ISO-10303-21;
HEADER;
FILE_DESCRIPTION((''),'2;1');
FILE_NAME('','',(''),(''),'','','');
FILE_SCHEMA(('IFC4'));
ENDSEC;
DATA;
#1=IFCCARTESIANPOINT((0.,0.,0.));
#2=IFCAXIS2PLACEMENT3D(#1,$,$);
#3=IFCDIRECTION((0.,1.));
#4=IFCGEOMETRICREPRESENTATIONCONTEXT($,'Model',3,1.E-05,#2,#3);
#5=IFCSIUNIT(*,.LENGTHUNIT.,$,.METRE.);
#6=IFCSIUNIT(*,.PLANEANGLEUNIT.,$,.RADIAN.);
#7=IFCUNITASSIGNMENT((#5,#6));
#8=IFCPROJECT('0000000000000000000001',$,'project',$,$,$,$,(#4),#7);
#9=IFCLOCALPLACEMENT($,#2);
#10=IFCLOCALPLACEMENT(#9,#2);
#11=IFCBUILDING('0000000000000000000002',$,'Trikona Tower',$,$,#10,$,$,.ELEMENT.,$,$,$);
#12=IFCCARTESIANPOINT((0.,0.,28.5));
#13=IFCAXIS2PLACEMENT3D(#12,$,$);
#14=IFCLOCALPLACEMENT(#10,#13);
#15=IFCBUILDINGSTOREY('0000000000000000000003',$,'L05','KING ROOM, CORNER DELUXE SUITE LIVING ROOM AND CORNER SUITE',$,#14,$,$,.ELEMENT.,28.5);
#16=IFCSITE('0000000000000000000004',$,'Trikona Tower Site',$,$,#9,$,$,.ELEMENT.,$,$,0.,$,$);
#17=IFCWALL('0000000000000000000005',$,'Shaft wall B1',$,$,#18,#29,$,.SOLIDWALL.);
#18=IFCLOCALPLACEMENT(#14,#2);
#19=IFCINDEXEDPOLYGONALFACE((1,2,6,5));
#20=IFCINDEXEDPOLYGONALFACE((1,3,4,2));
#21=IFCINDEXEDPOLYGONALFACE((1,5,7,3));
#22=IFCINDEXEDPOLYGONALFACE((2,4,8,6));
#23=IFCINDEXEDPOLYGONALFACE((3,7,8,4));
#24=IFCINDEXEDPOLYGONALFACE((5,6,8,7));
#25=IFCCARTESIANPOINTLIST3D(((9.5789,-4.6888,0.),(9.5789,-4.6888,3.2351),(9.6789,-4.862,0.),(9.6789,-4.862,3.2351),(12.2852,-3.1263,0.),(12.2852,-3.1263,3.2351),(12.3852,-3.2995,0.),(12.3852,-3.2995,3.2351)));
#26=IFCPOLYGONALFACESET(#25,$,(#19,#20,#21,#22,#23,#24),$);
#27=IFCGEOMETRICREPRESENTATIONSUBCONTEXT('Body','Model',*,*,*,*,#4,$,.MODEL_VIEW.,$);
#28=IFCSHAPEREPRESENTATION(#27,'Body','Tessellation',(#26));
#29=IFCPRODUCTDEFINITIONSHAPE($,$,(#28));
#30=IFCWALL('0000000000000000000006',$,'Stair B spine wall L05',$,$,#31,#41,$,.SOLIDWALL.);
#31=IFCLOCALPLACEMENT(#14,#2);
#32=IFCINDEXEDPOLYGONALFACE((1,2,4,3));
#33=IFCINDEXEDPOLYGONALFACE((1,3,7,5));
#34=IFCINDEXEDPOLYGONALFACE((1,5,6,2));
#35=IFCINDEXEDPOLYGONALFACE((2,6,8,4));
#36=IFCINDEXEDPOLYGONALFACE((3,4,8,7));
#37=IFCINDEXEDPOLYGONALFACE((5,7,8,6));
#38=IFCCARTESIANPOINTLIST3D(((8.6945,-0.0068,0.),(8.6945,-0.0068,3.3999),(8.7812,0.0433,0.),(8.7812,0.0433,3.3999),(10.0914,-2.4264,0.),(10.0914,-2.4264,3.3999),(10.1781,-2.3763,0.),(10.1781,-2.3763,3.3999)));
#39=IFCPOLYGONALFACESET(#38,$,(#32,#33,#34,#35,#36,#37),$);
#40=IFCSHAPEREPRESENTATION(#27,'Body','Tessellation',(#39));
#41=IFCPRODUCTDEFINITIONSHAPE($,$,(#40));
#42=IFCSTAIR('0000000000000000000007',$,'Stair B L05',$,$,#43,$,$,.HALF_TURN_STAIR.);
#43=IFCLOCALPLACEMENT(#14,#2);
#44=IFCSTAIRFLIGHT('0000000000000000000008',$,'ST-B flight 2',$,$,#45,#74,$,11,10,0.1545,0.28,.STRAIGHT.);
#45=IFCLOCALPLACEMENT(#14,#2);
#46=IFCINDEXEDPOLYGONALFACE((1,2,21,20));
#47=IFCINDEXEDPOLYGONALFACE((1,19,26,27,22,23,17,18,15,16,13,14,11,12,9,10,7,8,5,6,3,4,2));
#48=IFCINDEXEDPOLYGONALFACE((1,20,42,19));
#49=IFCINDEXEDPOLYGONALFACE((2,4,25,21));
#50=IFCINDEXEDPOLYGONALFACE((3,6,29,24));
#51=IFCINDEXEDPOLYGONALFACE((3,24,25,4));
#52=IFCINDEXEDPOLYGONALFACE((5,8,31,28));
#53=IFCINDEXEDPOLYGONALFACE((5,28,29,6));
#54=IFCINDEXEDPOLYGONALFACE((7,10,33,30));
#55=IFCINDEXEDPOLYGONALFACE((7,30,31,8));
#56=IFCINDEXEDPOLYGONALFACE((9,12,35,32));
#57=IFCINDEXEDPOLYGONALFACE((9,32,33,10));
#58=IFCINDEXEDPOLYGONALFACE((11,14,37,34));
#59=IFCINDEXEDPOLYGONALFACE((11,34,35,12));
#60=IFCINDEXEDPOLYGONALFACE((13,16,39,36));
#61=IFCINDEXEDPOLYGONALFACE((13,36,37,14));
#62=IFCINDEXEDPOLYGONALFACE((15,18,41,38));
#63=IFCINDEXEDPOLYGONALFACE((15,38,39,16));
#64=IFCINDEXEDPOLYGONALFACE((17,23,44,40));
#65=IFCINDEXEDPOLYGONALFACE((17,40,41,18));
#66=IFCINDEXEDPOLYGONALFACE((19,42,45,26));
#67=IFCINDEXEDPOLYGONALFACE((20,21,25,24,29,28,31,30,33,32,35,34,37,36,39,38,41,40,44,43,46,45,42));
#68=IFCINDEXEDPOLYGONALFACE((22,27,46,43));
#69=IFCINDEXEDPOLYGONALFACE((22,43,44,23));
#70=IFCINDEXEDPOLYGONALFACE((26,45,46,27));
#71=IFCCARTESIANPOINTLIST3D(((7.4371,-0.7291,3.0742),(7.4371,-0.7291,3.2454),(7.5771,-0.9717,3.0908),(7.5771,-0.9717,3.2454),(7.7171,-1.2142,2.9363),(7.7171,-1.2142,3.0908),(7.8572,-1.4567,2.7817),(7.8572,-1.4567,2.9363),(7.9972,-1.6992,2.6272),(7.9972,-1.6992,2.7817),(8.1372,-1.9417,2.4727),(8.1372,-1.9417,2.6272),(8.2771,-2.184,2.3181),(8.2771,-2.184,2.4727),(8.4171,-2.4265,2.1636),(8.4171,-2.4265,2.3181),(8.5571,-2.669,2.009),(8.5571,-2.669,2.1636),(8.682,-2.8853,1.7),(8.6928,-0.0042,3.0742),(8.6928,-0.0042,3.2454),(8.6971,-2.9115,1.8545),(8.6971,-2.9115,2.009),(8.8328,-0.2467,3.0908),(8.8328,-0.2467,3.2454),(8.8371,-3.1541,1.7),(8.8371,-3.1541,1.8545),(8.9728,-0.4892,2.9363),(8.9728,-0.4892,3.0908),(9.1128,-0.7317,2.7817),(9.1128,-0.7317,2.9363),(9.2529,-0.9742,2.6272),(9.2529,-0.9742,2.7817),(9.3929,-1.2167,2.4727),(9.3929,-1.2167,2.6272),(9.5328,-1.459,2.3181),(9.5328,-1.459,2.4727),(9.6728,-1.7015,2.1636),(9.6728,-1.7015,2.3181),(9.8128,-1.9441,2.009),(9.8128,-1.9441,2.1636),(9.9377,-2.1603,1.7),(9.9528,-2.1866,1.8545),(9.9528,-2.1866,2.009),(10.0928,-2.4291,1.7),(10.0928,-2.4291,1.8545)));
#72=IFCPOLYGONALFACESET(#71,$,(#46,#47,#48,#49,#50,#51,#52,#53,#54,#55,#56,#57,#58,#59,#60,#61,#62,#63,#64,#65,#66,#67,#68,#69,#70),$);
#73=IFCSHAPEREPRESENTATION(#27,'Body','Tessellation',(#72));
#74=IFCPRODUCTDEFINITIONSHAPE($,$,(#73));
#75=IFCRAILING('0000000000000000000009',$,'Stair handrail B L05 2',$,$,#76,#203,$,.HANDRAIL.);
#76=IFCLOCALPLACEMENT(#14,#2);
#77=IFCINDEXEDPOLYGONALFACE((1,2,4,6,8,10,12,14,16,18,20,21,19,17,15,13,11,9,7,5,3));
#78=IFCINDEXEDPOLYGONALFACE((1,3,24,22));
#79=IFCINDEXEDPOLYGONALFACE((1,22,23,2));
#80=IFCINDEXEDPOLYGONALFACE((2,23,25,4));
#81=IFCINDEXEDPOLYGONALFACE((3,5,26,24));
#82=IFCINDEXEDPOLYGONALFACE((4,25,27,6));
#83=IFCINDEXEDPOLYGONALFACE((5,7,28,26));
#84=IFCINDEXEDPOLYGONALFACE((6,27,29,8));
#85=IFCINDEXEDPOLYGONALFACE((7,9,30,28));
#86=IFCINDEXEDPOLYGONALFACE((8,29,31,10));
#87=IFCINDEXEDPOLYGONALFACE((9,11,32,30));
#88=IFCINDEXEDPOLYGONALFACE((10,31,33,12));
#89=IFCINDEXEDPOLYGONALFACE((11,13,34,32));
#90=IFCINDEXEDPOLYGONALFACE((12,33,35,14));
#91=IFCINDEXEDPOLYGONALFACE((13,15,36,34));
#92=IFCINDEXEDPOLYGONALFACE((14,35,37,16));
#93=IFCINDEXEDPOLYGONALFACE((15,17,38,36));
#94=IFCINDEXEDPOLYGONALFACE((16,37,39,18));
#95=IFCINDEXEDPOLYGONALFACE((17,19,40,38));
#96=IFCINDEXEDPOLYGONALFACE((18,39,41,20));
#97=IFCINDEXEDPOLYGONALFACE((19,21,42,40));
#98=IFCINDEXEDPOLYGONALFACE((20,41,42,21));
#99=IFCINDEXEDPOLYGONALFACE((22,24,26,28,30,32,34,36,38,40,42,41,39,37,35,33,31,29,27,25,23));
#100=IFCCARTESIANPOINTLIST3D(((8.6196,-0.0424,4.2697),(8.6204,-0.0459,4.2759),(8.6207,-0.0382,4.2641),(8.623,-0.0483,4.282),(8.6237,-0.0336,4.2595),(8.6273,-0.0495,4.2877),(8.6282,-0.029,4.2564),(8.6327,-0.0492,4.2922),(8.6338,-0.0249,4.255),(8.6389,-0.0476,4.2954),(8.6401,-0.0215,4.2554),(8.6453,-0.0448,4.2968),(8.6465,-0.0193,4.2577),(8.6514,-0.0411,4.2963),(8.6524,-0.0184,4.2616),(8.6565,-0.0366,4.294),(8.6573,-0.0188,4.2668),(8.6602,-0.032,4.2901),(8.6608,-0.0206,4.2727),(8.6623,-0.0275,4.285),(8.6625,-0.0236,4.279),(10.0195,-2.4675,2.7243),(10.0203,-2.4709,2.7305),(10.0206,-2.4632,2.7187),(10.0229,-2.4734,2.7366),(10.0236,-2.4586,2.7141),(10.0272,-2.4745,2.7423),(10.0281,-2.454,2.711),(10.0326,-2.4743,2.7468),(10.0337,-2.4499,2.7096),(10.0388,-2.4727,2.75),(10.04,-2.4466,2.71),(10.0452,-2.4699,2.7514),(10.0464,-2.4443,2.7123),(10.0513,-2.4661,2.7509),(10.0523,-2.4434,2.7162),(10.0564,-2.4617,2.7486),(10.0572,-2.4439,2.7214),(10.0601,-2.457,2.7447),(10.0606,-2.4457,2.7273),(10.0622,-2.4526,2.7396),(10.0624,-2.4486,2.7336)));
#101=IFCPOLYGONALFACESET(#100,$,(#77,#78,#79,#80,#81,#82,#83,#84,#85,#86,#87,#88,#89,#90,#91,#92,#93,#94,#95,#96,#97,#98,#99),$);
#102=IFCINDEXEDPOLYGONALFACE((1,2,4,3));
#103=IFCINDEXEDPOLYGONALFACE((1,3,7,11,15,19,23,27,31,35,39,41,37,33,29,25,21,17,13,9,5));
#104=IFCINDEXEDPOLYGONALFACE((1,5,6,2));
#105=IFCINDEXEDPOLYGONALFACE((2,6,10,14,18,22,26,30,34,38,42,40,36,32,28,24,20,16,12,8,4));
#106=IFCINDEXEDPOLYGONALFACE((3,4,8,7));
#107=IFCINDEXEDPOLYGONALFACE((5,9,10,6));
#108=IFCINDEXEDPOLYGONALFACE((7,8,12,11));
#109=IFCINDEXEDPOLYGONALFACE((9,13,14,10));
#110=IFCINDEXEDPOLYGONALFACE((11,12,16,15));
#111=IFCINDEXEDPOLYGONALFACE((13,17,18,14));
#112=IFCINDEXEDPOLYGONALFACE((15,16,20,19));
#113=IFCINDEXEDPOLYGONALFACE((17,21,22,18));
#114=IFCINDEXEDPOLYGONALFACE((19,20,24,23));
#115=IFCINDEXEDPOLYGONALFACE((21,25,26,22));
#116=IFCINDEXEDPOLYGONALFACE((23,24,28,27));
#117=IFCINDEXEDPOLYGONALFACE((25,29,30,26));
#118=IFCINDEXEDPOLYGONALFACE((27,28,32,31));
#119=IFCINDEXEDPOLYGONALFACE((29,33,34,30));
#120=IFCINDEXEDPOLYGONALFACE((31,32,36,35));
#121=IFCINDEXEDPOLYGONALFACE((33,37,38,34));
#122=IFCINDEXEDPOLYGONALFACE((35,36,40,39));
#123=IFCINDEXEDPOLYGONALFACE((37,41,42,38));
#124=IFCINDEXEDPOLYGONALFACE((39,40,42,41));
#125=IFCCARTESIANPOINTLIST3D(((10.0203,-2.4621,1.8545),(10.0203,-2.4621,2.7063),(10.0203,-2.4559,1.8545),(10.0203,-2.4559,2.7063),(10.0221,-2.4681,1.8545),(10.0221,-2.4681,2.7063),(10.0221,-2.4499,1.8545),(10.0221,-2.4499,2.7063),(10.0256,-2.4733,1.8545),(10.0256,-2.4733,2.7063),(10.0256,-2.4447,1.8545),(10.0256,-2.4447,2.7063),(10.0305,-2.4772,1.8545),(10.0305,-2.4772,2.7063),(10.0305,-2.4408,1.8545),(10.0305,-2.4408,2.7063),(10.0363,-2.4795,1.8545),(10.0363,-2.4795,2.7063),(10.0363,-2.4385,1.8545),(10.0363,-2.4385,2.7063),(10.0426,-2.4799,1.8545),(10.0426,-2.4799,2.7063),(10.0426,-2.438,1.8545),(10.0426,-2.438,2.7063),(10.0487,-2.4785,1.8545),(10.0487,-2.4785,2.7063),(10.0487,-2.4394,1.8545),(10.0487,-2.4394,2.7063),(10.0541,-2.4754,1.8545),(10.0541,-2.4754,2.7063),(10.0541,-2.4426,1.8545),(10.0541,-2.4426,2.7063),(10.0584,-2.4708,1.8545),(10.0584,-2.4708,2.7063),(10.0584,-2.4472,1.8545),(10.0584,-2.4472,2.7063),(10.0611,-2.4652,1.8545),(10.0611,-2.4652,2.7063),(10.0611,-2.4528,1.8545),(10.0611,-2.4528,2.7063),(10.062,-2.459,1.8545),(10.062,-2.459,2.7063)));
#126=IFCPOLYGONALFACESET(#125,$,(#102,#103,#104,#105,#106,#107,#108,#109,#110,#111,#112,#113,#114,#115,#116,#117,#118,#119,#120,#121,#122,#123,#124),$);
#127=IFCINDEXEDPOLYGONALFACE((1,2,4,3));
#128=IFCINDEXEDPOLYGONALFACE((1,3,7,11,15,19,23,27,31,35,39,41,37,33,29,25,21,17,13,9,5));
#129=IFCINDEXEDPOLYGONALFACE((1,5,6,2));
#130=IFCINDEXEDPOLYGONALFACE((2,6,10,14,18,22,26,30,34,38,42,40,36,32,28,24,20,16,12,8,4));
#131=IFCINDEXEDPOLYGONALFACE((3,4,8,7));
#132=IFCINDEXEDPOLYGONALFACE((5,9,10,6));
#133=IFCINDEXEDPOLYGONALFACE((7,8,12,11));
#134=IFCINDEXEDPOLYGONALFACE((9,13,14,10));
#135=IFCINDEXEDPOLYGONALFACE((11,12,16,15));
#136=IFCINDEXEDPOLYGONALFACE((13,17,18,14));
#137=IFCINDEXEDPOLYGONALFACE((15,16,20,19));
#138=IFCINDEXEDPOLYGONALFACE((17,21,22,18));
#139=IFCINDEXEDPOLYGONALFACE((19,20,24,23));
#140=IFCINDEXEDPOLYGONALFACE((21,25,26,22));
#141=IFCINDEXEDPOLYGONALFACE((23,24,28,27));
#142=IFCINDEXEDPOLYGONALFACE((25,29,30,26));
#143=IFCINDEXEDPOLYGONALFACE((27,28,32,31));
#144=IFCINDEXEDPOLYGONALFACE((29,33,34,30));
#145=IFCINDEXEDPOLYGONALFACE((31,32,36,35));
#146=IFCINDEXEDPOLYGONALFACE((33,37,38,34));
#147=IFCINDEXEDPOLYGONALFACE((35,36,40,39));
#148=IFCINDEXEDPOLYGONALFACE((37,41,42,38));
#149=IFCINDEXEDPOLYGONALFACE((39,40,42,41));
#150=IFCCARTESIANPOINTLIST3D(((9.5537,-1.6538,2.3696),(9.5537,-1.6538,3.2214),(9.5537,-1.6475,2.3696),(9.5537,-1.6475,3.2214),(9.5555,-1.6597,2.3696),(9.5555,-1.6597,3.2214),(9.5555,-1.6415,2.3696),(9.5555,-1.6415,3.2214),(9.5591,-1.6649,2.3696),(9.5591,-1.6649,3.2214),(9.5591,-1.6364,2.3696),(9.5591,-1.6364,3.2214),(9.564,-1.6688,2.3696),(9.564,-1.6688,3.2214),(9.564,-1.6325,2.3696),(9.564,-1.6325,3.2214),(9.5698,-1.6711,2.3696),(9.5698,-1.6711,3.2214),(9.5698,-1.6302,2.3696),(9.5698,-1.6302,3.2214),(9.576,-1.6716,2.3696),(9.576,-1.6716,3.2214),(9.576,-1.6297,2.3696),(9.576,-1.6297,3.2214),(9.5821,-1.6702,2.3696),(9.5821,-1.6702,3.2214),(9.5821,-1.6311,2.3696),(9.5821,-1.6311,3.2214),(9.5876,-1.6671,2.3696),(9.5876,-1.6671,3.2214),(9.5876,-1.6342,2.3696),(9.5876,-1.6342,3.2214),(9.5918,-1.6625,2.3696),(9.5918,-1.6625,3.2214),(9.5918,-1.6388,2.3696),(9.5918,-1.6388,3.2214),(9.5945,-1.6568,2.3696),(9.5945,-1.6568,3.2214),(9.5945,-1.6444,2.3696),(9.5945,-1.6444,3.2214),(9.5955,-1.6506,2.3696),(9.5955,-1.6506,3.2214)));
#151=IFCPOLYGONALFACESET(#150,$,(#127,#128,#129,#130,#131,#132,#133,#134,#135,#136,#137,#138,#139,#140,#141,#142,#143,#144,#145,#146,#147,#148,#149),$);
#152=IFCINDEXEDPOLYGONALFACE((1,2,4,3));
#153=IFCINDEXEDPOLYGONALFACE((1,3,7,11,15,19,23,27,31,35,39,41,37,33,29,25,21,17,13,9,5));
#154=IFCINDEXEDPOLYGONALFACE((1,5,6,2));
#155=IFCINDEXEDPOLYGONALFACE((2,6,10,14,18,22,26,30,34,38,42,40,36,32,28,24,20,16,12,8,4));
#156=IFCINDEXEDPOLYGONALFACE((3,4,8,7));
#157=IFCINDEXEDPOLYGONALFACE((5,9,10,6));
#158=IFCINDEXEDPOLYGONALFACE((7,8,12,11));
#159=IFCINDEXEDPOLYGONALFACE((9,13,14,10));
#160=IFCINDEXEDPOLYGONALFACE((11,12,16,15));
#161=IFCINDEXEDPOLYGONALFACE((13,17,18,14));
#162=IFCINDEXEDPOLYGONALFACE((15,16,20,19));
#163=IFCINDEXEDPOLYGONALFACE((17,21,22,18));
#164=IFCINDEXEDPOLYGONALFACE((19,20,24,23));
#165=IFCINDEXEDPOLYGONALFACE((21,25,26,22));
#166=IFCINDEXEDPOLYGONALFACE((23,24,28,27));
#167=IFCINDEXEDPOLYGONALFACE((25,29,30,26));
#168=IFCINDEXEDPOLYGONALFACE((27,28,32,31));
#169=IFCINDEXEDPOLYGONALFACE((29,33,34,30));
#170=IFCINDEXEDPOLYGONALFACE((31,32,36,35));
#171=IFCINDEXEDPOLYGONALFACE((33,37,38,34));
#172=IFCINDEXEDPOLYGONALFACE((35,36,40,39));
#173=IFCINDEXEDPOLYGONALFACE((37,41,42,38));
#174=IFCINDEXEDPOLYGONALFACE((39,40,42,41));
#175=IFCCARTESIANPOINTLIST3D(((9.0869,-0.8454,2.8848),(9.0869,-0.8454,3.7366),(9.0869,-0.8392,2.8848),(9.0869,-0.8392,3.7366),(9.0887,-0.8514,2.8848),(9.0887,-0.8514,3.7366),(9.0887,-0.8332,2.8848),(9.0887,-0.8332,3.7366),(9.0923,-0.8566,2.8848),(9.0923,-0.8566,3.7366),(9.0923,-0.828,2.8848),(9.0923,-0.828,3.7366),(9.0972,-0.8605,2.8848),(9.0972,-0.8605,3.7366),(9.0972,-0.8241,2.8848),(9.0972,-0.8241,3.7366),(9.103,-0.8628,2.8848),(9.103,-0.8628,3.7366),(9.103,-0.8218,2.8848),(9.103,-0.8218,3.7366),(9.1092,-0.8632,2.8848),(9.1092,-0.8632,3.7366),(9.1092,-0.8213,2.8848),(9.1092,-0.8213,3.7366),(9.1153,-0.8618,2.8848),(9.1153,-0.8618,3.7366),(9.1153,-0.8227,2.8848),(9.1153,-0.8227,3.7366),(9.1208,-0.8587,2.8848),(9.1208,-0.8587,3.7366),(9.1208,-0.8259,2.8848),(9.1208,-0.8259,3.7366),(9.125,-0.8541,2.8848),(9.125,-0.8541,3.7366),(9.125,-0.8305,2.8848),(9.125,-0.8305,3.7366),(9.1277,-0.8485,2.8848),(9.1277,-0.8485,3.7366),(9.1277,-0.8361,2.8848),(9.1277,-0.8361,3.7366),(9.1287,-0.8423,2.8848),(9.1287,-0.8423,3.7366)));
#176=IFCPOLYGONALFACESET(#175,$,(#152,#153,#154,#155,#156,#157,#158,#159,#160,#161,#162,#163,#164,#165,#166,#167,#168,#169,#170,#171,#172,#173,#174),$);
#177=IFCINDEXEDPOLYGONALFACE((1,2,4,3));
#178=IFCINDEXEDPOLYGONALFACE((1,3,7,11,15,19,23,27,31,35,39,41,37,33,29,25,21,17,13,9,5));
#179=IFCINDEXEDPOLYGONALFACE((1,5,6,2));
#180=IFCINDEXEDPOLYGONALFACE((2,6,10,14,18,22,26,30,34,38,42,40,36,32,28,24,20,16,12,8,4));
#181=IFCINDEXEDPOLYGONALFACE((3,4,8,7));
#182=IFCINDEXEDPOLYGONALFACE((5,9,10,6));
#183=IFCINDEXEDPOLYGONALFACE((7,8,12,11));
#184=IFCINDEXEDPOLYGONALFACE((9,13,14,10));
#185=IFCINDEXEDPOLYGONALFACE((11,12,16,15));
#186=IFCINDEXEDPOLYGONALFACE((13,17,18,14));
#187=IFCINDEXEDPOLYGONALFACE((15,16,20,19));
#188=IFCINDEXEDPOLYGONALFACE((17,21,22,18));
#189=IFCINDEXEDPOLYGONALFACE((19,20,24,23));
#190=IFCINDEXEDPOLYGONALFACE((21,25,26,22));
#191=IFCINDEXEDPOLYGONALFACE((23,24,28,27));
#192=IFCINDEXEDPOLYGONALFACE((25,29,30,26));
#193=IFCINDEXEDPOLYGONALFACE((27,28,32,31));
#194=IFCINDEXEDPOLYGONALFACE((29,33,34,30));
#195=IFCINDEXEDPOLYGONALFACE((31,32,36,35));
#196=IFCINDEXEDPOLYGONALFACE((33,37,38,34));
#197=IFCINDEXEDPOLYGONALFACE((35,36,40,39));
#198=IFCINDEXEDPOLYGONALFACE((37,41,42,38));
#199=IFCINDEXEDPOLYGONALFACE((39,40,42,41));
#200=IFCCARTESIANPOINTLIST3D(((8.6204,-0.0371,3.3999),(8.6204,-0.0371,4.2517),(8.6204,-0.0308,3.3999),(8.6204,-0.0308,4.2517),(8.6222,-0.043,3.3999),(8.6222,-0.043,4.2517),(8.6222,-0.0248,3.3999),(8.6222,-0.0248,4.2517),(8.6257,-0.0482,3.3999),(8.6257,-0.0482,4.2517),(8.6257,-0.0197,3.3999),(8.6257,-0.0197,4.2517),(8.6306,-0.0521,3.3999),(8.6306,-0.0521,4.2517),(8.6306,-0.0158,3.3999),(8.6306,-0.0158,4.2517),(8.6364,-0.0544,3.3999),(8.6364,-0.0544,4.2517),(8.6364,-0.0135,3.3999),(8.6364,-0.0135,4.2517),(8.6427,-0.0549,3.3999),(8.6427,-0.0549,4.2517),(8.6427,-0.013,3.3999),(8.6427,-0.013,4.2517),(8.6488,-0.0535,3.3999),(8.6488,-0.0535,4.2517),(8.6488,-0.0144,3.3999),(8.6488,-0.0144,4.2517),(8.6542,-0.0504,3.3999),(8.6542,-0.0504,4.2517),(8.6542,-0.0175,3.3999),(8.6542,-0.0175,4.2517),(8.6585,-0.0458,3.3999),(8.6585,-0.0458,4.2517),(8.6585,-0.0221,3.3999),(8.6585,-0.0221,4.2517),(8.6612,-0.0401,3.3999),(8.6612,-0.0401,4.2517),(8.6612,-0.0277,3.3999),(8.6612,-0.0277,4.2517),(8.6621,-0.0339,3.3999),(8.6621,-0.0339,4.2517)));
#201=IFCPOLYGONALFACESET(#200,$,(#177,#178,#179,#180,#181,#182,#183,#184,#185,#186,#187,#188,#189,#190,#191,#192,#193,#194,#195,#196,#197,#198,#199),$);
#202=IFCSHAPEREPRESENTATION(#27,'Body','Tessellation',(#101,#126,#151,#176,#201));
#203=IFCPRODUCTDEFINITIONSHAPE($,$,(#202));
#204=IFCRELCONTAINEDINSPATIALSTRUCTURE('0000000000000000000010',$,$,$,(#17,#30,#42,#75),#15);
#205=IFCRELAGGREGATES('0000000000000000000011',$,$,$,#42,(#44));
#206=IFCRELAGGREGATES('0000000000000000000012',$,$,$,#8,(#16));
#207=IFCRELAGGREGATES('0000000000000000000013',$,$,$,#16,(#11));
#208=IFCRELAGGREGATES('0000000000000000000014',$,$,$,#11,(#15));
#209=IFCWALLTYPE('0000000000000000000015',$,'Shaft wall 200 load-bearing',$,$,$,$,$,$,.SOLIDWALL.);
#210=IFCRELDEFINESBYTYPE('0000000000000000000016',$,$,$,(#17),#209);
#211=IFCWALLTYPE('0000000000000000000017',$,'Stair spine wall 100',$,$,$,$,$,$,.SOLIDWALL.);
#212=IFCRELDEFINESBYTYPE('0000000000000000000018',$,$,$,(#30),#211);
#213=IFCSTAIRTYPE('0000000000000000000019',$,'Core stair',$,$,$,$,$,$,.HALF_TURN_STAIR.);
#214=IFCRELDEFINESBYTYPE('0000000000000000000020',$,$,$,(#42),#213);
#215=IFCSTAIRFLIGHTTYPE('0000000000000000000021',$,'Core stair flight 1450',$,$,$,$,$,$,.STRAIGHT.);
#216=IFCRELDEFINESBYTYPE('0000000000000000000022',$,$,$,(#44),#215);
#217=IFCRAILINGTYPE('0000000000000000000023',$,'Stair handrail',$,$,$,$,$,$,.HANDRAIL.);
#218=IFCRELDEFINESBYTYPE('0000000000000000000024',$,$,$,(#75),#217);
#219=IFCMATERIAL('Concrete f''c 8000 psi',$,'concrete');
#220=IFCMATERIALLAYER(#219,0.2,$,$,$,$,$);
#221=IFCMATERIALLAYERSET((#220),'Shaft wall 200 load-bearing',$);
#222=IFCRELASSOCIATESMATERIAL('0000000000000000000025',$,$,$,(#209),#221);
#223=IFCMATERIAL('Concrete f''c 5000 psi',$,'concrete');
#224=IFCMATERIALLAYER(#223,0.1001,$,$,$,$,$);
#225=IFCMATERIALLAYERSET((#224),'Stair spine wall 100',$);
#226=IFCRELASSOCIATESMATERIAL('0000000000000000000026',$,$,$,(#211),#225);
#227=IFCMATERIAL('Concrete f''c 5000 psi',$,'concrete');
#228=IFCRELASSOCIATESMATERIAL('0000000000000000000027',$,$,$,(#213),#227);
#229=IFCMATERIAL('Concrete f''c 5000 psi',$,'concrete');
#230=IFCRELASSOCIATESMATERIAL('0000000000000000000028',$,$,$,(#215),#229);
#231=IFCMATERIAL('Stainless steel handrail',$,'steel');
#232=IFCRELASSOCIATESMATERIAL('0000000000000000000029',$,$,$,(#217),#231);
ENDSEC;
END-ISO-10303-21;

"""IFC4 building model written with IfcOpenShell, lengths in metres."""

from ifc_helpers import new_model, si_unit, direction, frame, frame_2d, origin, origin_2d, place, context, subcontext, project, spatial, polyline, rectangle, circle, outline, extrude, material, layer, layer_set, type_object, element, aggregate, save


model = new_model("IFC4")

# Units and contexts
model_context = context("Model", 3, precision=1e-05, world=origin(), true_north=direction((0.0, 1.0)))
body_context = subcontext(model_context, "Body", "Model", "MODEL_VIEW")
ifc_project = project(units=[si_unit("LENGTHUNIT", "METRE"), si_unit("PLANEANGLEUNIT", "RADIAN")], contexts=[model_context])

# Site, building, storey
site_placement = place(None, origin())
site = spatial("IfcSite", under=ifc_project, at=site_placement, Name="Trikona Tower Site", CompositionType="ELEMENT", RefElevation=0.0)
building_placement = place(site_placement, origin())
building = spatial("IfcBuilding", under=site, at=building_placement, Name="Trikona Tower", CompositionType="ELEMENT")
storey_placement = place(building_placement, frame((0.0, 0.0, 28.5)))
storey = spatial("IfcBuildingStorey", under=building, at=storey_placement, Name="L05", Description="KING ROOM, CORNER DELUXE SUITE LIVING ROOM AND CORNER SUITE", CompositionType="ELEMENT", Elevation=28.5)

# Walls
ifc_material_1 = material(Name="Concrete f'c 8000 psi", Category="concrete")
ifc_layer_1 = layer(ifc_material_1, 0.2)
ifc_layer_set_1 = layer_set([ifc_layer_1], Name="Shaft wall 200 load-bearing")
wall_type_1 = type_object("IfcWallType", Name="Shaft wall 200 load-bearing", PredefinedType="SOLIDWALL", material=ifc_layer_set_1)
wall_1_placement = place(storey_placement, frame((9.6289, -4.7754, 0.0), z_axis=(0.0, 0.0, 1.0), x_axis=(0.866023, 0.500004, 0.0)))
element("IfcWall", 1, at=wall_1_placement, inside=storey, type_object=wall_type_1, Name="Shaft wall B1", PredefinedType="SOLIDWALL", context=body_context, shape_type="SweptSolid", body=[
    extrude(rectangle(XDim=3.125, YDim=0.2, at=frame_2d((1.5625, 0.0))), origin(), (0.0, 0.0, 1.0), 3.2351),
])
ifc_material_2 = material(Name="Concrete f'c 5000 psi", Category="concrete")
ifc_layer_2 = layer(ifc_material_2, 0.1001)
ifc_layer_set_2 = layer_set([ifc_layer_2], Name="Stair spine wall 100")
wall_type_2 = type_object("IfcWallType", Name="Stair spine wall 100", PredefinedType="SOLIDWALL", material=ifc_layer_set_2)
wall_2_placement = place(storey_placement, frame((10.1348, -2.4014, 0.0), z_axis=(0.0, 0.0, 1.0), x_axis=(-0.499992, 0.86603, 0.0)))
element("IfcWall", 2, at=wall_2_placement, inside=storey, type_object=wall_type_2, Name="Stair B spine wall L05", PredefinedType="SOLIDWALL", context=body_context, shape_type="SweptSolid", body=[
    extrude(rectangle(XDim=2.7939, YDim=0.1001, at=frame_2d((1.397, 0.0))), origin(), (0.0, 0.0, 1.0), 3.3999),
])

# Stair, stair flight
ifc_material_3 = material(Name="Concrete f'c 5000 psi", Category="concrete")
stair_type = type_object("IfcStairType", Name="Core stair", PredefinedType="HALF_TURN_STAIR", material=ifc_material_3)
stair_placement = place(storey_placement, origin())
stair = element("IfcStair", 3, at=stair_placement, inside=storey, type_object=stair_type, Name="Stair B L05", PredefinedType="HALF_TURN_STAIR")
ifc_material_4 = material(Name="Concrete f'c 5000 psi", Category="concrete")
stair_flight_type = type_object("IfcStairFlightType", Name="Core stair flight 1450", PredefinedType="STRAIGHT", material=ifc_material_4)
stair_flight_placement = place(storey_placement, frame((9.4651, -2.7915, 1.7), z_axis=(0.0, 0.0, 1.0), x_axis=(-0.5, 0.866025, 0.0)))
stair_flight = element("IfcStairFlight", 4, at=stair_flight_placement, type_object=stair_flight_type, Name="ST-B flight 2", NumberOfRisers=11, NumberOfTreads=10, PredefinedType="STRAIGHT", RiserHeight=0.1545, TreadLength=0.28, context=body_context, shape_type="SweptSolid", body=[
    extrude(outline(polyline([(0.0, 0.0), (0.0, 0.1545), (0.28, 0.1545), (0.28, 0.3091), (0.5601, 0.3091), (0.5601, 0.4636), (0.8401, 0.4636), (0.8401, 0.6182), (1.1201, 0.6182), (1.1201, 0.7727), (1.3999, 0.7727), (1.3999, 0.9272), (1.6799, 0.9272), (1.6799, 1.0818), (1.96, 1.0818), (1.96, 1.2363), (2.24, 1.2363), (2.24, 1.3909), (2.52, 1.3909), (2.52, 1.5454), (2.8, 1.5454), (2.8, 1.7), (2.8, 1.3743), (0.3103, 0.0), (0.0, 0.0)])), frame((0.0, 0.7251, 0.0), z_axis=(0.0, -1.0, 0.0), x_axis=(1.0, 0.0, 0.0)), (0.0, 0.0, 1.0), 1.45),
])
aggregate(stair, [stair_flight])

# Railing
ifc_material_5 = material(Name="Stainless steel handrail", Category="steel")
railing_type = type_object("IfcRailingType", Name="Stair handrail", PredefinedType="HANDRAIL", material=ifc_material_5)
railing_placement = place(storey_placement, frame((10.041, -2.459, 1.8545)))
element("IfcRailing", 5, at=railing_placement, inside=storey, type_object=railing_type, Name="Stair handrail B L05 2", PredefinedType="HANDRAIL", context=body_context, shape_type="SweptSolid", body=[
    extrude(circle(Radius=0.0239, at=origin_2d()), frame((0.0, 0.0, 0.876), z_axis=(-0.437707, 0.75824, 0.483203), x_axis=(-0.866056, -0.499946, 0.0)), (0.0, 0.0, 1.0), 3.1982),
    extrude(circle(Radius=0.021, at=origin_2d()), origin(), (0.0, 0.0, 1.0), 0.8518),
    extrude(circle(Radius=0.021, at=origin_2d()), frame((-0.4666, 0.8083, 0.5151)), (0.0, 0.0, 1.0), 0.8518),
    extrude(circle(Radius=0.021, at=origin_2d()), frame((-0.9333, 1.6167, 1.0303)), (0.0, 0.0, 1.0), 0.8518),
    extrude(circle(Radius=0.021, at=origin_2d()), frame((-1.3999, 2.425, 1.5454)), (0.0, 0.0, 1.0), 0.8518),
])

save(model, "model.ifc")
